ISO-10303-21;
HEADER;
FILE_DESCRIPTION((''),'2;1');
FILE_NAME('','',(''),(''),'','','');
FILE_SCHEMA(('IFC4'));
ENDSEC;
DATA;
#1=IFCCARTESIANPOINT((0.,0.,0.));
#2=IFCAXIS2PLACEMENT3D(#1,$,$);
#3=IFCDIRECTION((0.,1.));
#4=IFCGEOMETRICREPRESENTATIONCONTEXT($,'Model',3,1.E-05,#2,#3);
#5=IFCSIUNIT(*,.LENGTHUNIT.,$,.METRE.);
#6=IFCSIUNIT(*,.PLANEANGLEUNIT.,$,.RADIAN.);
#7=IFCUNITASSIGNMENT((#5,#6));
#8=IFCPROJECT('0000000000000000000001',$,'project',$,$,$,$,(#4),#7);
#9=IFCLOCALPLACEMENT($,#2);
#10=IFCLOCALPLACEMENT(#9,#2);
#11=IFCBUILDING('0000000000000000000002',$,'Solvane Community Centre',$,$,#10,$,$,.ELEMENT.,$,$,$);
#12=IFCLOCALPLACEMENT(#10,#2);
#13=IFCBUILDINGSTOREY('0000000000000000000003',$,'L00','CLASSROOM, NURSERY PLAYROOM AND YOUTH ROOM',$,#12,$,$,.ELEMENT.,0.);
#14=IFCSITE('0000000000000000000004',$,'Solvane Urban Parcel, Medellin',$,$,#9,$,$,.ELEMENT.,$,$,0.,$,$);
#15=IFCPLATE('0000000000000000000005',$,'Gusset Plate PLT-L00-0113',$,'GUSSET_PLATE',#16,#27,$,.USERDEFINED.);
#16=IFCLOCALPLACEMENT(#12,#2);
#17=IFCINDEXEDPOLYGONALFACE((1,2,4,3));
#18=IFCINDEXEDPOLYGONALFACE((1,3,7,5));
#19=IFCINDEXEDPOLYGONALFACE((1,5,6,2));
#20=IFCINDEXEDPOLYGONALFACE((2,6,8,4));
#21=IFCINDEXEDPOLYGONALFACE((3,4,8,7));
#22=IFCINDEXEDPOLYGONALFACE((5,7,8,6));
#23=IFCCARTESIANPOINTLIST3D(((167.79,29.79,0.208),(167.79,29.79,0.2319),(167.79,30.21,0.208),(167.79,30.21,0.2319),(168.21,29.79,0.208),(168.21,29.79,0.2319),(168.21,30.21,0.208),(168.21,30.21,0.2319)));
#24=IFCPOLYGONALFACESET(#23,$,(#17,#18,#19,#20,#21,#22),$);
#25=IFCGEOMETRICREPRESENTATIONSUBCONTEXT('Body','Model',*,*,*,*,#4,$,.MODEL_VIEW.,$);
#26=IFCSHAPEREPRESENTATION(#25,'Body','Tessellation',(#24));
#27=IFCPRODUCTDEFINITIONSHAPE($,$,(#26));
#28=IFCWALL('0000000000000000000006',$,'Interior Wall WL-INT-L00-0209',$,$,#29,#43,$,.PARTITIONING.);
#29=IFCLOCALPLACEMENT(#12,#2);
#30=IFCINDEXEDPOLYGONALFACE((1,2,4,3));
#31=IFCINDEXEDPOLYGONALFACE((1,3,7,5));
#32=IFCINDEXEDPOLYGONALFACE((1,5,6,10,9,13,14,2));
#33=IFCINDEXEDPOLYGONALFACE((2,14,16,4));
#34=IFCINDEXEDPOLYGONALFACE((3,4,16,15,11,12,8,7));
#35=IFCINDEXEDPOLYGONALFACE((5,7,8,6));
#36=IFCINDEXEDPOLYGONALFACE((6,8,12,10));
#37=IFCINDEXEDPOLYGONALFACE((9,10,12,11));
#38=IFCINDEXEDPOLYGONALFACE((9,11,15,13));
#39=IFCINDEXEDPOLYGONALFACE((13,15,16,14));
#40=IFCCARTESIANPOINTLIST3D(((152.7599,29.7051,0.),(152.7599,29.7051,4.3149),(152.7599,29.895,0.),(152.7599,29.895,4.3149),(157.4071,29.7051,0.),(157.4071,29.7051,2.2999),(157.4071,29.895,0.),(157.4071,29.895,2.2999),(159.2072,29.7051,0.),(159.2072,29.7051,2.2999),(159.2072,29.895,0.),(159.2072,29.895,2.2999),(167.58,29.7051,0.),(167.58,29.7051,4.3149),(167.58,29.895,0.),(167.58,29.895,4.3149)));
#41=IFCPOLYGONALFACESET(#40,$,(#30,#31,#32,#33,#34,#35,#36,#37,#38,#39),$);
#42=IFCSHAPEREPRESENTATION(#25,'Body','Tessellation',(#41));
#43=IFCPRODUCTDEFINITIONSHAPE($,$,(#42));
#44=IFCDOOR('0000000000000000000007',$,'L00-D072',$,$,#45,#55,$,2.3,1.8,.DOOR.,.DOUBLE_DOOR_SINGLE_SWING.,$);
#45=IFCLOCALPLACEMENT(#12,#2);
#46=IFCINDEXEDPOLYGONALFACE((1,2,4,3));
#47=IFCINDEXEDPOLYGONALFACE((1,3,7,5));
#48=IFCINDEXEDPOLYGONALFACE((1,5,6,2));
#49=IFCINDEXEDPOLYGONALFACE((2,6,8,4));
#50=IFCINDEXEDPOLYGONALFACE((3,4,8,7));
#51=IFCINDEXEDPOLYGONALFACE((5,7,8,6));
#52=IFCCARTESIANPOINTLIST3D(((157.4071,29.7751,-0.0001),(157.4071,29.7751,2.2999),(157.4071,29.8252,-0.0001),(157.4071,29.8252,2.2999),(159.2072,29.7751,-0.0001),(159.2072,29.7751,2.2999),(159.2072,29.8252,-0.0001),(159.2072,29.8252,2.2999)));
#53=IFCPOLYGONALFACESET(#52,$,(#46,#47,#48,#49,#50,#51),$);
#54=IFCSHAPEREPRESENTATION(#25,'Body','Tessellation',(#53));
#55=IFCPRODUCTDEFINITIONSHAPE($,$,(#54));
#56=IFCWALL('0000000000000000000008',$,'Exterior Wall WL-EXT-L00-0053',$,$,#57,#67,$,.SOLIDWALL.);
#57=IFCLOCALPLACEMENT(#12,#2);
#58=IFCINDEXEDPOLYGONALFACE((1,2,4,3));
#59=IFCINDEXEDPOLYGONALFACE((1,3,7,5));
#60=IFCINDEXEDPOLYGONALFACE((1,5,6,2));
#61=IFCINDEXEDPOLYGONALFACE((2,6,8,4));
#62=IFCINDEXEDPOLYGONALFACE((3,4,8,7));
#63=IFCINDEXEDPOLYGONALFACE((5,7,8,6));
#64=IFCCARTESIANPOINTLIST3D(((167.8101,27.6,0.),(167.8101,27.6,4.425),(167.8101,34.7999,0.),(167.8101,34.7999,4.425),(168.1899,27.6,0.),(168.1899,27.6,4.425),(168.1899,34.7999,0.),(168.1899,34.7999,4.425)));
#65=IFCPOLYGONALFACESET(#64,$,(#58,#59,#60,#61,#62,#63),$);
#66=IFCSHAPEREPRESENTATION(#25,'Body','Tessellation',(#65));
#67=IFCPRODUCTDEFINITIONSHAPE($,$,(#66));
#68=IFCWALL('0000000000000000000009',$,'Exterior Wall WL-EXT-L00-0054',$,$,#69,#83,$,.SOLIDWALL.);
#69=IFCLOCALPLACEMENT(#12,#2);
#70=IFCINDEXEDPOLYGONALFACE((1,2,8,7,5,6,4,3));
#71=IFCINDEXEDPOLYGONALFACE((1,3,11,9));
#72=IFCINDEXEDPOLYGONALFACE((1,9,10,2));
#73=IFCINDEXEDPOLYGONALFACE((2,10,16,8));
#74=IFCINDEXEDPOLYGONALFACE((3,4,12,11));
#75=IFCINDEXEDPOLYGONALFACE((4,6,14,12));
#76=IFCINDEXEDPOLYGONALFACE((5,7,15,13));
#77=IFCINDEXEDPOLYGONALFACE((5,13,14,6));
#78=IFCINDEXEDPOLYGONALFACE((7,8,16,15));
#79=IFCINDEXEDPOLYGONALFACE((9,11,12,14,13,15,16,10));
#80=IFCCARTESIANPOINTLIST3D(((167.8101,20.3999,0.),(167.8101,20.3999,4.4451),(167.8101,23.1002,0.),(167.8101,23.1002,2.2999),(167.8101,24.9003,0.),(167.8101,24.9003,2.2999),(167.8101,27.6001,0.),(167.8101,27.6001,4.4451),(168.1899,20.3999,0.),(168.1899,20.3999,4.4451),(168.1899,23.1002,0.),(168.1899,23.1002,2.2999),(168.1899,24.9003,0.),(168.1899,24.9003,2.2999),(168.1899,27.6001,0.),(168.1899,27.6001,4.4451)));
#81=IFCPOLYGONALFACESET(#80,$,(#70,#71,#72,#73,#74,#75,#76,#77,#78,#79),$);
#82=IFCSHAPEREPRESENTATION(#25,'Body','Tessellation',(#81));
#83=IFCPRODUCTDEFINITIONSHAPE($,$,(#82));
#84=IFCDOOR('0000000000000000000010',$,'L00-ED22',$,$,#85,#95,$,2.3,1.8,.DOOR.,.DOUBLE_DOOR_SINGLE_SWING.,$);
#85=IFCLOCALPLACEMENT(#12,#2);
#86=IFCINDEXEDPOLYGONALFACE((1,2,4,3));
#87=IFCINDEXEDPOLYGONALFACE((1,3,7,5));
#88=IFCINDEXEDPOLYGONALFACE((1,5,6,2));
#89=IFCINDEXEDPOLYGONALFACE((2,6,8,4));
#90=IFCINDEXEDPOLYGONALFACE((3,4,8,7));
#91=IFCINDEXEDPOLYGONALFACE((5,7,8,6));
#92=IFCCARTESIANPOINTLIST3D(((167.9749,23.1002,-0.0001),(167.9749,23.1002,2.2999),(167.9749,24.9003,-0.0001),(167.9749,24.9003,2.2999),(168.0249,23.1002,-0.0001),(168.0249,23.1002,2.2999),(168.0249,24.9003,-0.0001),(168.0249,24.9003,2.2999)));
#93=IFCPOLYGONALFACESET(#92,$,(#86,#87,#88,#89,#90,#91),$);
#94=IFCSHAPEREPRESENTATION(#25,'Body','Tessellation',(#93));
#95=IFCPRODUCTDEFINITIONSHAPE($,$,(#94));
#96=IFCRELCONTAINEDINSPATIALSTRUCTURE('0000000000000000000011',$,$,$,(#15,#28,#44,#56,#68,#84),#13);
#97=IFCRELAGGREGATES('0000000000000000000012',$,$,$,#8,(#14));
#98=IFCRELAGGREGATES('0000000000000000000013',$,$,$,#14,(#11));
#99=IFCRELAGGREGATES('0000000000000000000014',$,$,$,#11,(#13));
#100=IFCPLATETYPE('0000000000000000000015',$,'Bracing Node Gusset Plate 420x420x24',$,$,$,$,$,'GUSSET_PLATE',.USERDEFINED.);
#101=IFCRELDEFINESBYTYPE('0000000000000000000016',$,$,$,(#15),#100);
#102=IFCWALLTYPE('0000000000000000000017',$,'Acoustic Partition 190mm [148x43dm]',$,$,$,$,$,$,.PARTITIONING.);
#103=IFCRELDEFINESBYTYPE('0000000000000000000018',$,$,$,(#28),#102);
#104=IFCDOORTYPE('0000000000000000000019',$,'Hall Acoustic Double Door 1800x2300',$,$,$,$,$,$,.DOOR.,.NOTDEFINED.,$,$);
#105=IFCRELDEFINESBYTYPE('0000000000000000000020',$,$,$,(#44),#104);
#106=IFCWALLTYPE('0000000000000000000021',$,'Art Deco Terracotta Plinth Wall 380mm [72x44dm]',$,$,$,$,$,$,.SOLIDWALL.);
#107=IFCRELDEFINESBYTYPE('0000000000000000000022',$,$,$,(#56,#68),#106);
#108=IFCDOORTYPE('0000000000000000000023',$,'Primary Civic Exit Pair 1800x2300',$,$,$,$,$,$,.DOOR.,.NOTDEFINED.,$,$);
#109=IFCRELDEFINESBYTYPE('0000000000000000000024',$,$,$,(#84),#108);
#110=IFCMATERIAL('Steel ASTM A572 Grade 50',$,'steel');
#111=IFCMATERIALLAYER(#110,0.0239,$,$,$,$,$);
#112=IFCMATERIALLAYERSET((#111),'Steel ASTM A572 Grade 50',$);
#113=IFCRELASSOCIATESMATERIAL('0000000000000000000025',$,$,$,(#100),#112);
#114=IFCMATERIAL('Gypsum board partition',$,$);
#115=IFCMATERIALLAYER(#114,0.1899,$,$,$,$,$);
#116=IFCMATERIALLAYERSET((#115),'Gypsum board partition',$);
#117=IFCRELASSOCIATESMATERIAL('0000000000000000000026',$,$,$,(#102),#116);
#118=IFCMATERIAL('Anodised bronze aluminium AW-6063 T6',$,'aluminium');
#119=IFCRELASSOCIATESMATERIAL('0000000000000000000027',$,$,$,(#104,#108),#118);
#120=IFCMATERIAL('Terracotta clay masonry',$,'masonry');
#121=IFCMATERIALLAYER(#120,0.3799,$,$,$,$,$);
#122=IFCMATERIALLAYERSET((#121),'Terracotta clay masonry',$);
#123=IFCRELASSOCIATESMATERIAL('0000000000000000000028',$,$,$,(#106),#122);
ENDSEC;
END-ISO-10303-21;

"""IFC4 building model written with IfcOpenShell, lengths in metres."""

from ifc_helpers import new_model, si_unit, direction, frame, frame_2d, origin, origin_2d, place, context, subcontext, project, spatial, rectangle, extrude, material, layer, layer_set, type_object, element, fill, save


model = new_model("IFC4")

# Units and contexts
model_context = context("Model", 3, precision=1e-05, world=origin(), true_north=direction((0.0, 1.0)))
body_context = subcontext(model_context, "Body", "Model", "MODEL_VIEW")
ifc_project = project(units=[si_unit("LENGTHUNIT", "METRE"), si_unit("PLANEANGLEUNIT", "RADIAN")], contexts=[model_context])

# Site, building, storey
site_placement = place(None, origin())
site = spatial("IfcSite", under=ifc_project, at=site_placement, Name="Solvane Urban Parcel, Medellin", CompositionType="ELEMENT", RefElevation=0.0)
building_placement = place(site_placement, origin())
building = spatial("IfcBuilding", under=site, at=building_placement, Name="Solvane Community Centre", CompositionType="ELEMENT")
storey_placement = place(building_placement, origin())
storey = spatial("IfcBuildingStorey", under=building, at=storey_placement, Name="L00", Description="CLASSROOM, NURSERY PLAYROOM AND YOUTH ROOM", CompositionType="ELEMENT", Elevation=0.0)

# Shared definitions
ifc_material_1 = material(Name="Steel ASTM A572 Grade 50", Category="steel")

# Plate
ifc_layer_1 = layer(ifc_material_1, 0.0239)
ifc_layer_set_1 = layer_set([ifc_layer_1], Name="Steel ASTM A572 Grade 50")
plate_type = type_object("IfcPlateType", Name="Bracing Node Gusset Plate 420x420x24", ElementType="GUSSET_PLATE", PredefinedType="USERDEFINED", material=ifc_layer_set_1)
for number, where, z_axis, x_axis, name in (
    (1, (168.0, 30.0, 0.208), (0.0, 0.0, 1.0), (1.0, 0.0, 0.0), "Gusset Plate PLT-L00-0113"),
):
    element("IfcPlate", number, at=place(storey_placement, frame(where, z_axis=z_axis, x_axis=x_axis)), inside=storey, type_object=plate_type, Name=name, ObjectType="GUSSET_PLATE", PredefinedType="USERDEFINED", context=body_context, shape_type="SweptSolid", body=[
        extrude(rectangle(XDim=0.4199, YDim=0.4199, at=origin_2d()), origin(), (0.0, 0.0, 1.0), 0.0239),
    ])

# Wall, opening, door
ifc_material_2 = material(Name="Gypsum board partition")
ifc_layer_2 = layer(ifc_material_2, 0.1899)
ifc_layer_set_2 = layer_set([ifc_layer_2], Name="Gypsum board partition")
wall_type_1 = type_object("IfcWallType", Name="Acoustic Partition 190mm [148x43dm]", PredefinedType="PARTITIONING", material=ifc_layer_set_2)
wall_1_placement = place(storey_placement, frame((167.5801, 29.8, 0.0), z_axis=(0.0, 0.0, 1.0), x_axis=(-1.0, 0.0, 0.0)))
wall_1 = element("IfcWall", 2, at=wall_1_placement, inside=storey, type_object=wall_type_1, Name="Interior Wall WL-INT-L00-0209", PredefinedType="PARTITIONING", context=body_context, shape_type="SweptSolid", body=[
    extrude(rectangle(XDim=14.8201, YDim=0.1899, at=frame_2d((7.4102, 0.0))), origin(), (0.0, 0.0, 1.0), 4.3149),
])
opening_1_placement = place(wall_1_placement, frame((8.373, 0.0, 0.0)))
opening_1 = element("IfcOpeningElement", 3, at=opening_1_placement, cuts=wall_1, PredefinedType="OPENING", context=body_context, shape_type="SweptSolid", body=[
    extrude(rectangle(XDim=1.8, YDim=2.3, at=frame_2d((0.8999, 1.1499))), frame((0.0, 0.105, 0.0), z_axis=(0.0, -1.0, 0.0), x_axis=(1.0, 0.0, 0.0)), (0.0, 0.0, 1.0), 0.21),
])
ifc_material_3 = material(Name="Anodised bronze aluminium AW-6063 T6", Category="aluminium")
door_type_1 = type_object("IfcDoorType", Name="Hall Acoustic Double Door 1800x2300", OperationType="NOTDEFINED", PredefinedType="DOOR", material=ifc_material_3)
door_1_placement = place(opening_1_placement, origin())
door_1 = element("IfcDoor", 4, at=door_1_placement, inside=storey, type_object=door_type_1, Name="L00-D072", OperationType="DOUBLE_DOOR_SINGLE_SWING", OverallHeight=2.3, OverallWidth=1.8, PredefinedType="DOOR", context=body_context, shape_type="SweptSolid", body=[
    extrude(rectangle(XDim=1.8, YDim=2.3, at=frame_2d((0.8999, 1.1499))), frame((0.0, 0.0249, 0.0), z_axis=(0.0, -1.0, 0.0), x_axis=(1.0, 0.0, 0.0)), (0.0, 0.0, 1.0), 0.05),
])
fill(opening_1, door_1)

# Wall
ifc_material_4 = material(Name="Terracotta clay masonry", Category="masonry")
ifc_layer_3 = layer(ifc_material_4, 0.3799)
ifc_layer_set_3 = layer_set([ifc_layer_3], Name="Terracotta clay masonry")
wall_type_2 = type_object("IfcWallType", Name="Art Deco Terracotta Plinth Wall 380mm [72x44dm]", PredefinedType="SOLIDWALL", material=ifc_layer_set_3)
wall_2_placement = place(storey_placement, frame((168.0, 34.8, 0.0), z_axis=(0.0, 0.0, 1.0), x_axis=(0.0, -1.0, 0.0)))
element("IfcWall", 5, at=wall_2_placement, inside=storey, type_object=wall_type_2, Name="Exterior Wall WL-EXT-L00-0053", PredefinedType="SOLIDWALL", context=body_context, shape_type="SweptSolid", body=[
    extrude(rectangle(XDim=7.2, YDim=0.3799, at=frame_2d((3.6001, 0.0))), origin(), (0.0, 0.0, 1.0), 4.425),
])

# Wall, opening, door
wall_3_placement = place(storey_placement, frame((168.0, 27.6001, 0.0), z_axis=(0.0, 0.0, 1.0), x_axis=(0.0, -1.0, 0.0)))
wall_3 = element("IfcWall", 6, at=wall_3_placement, inside=storey, type_object=wall_type_2, Name="Exterior Wall WL-EXT-L00-0054", PredefinedType="SOLIDWALL", context=body_context, shape_type="SweptSolid", body=[
    extrude(rectangle(XDim=7.2002, YDim=0.3799, at=frame_2d((3.6001, 0.0))), origin(), (0.0, 0.0, 1.0), 4.4451),
])
opening_2_placement = place(wall_3_placement, frame((2.7, 0.0, 0.0)))
opening_2 = element("IfcOpeningElement", 7, at=opening_2_placement, cuts=wall_3, PredefinedType="OPENING", context=body_context, shape_type="SweptSolid", body=[
    extrude(rectangle(XDim=1.8, YDim=2.3, at=frame_2d((0.8999, 1.1499))), frame((0.0, 0.2, 0.0), z_axis=(0.0, -1.0, 0.0), x_axis=(1.0, 0.0, 0.0)), (0.0, 0.0, 1.0), 0.3999),
])
door_type_2 = type_object("IfcDoorType", Name="Primary Civic Exit Pair 1800x2300", OperationType="NOTDEFINED", PredefinedType="DOOR", material=ifc_material_3)
door_2_placement = place(opening_2_placement, origin())
door_2 = element("IfcDoor", 8, at=door_2_placement, inside=storey, type_object=door_type_2, Name="L00-ED22", OperationType="DOUBLE_DOOR_SINGLE_SWING", OverallHeight=2.3, OverallWidth=1.8, PredefinedType="DOOR", context=body_context, shape_type="SweptSolid", body=[
    extrude(rectangle(XDim=1.8, YDim=2.3, at=frame_2d((0.8999, 1.1499))), frame((0.0, 0.0249, 0.0), z_axis=(0.0, -1.0, 0.0), x_axis=(1.0, 0.0, 0.0)), (0.0, 0.0, 1.0), 0.05),
])
fill(opening_2, door_2)

save(model, "model.ifc")
